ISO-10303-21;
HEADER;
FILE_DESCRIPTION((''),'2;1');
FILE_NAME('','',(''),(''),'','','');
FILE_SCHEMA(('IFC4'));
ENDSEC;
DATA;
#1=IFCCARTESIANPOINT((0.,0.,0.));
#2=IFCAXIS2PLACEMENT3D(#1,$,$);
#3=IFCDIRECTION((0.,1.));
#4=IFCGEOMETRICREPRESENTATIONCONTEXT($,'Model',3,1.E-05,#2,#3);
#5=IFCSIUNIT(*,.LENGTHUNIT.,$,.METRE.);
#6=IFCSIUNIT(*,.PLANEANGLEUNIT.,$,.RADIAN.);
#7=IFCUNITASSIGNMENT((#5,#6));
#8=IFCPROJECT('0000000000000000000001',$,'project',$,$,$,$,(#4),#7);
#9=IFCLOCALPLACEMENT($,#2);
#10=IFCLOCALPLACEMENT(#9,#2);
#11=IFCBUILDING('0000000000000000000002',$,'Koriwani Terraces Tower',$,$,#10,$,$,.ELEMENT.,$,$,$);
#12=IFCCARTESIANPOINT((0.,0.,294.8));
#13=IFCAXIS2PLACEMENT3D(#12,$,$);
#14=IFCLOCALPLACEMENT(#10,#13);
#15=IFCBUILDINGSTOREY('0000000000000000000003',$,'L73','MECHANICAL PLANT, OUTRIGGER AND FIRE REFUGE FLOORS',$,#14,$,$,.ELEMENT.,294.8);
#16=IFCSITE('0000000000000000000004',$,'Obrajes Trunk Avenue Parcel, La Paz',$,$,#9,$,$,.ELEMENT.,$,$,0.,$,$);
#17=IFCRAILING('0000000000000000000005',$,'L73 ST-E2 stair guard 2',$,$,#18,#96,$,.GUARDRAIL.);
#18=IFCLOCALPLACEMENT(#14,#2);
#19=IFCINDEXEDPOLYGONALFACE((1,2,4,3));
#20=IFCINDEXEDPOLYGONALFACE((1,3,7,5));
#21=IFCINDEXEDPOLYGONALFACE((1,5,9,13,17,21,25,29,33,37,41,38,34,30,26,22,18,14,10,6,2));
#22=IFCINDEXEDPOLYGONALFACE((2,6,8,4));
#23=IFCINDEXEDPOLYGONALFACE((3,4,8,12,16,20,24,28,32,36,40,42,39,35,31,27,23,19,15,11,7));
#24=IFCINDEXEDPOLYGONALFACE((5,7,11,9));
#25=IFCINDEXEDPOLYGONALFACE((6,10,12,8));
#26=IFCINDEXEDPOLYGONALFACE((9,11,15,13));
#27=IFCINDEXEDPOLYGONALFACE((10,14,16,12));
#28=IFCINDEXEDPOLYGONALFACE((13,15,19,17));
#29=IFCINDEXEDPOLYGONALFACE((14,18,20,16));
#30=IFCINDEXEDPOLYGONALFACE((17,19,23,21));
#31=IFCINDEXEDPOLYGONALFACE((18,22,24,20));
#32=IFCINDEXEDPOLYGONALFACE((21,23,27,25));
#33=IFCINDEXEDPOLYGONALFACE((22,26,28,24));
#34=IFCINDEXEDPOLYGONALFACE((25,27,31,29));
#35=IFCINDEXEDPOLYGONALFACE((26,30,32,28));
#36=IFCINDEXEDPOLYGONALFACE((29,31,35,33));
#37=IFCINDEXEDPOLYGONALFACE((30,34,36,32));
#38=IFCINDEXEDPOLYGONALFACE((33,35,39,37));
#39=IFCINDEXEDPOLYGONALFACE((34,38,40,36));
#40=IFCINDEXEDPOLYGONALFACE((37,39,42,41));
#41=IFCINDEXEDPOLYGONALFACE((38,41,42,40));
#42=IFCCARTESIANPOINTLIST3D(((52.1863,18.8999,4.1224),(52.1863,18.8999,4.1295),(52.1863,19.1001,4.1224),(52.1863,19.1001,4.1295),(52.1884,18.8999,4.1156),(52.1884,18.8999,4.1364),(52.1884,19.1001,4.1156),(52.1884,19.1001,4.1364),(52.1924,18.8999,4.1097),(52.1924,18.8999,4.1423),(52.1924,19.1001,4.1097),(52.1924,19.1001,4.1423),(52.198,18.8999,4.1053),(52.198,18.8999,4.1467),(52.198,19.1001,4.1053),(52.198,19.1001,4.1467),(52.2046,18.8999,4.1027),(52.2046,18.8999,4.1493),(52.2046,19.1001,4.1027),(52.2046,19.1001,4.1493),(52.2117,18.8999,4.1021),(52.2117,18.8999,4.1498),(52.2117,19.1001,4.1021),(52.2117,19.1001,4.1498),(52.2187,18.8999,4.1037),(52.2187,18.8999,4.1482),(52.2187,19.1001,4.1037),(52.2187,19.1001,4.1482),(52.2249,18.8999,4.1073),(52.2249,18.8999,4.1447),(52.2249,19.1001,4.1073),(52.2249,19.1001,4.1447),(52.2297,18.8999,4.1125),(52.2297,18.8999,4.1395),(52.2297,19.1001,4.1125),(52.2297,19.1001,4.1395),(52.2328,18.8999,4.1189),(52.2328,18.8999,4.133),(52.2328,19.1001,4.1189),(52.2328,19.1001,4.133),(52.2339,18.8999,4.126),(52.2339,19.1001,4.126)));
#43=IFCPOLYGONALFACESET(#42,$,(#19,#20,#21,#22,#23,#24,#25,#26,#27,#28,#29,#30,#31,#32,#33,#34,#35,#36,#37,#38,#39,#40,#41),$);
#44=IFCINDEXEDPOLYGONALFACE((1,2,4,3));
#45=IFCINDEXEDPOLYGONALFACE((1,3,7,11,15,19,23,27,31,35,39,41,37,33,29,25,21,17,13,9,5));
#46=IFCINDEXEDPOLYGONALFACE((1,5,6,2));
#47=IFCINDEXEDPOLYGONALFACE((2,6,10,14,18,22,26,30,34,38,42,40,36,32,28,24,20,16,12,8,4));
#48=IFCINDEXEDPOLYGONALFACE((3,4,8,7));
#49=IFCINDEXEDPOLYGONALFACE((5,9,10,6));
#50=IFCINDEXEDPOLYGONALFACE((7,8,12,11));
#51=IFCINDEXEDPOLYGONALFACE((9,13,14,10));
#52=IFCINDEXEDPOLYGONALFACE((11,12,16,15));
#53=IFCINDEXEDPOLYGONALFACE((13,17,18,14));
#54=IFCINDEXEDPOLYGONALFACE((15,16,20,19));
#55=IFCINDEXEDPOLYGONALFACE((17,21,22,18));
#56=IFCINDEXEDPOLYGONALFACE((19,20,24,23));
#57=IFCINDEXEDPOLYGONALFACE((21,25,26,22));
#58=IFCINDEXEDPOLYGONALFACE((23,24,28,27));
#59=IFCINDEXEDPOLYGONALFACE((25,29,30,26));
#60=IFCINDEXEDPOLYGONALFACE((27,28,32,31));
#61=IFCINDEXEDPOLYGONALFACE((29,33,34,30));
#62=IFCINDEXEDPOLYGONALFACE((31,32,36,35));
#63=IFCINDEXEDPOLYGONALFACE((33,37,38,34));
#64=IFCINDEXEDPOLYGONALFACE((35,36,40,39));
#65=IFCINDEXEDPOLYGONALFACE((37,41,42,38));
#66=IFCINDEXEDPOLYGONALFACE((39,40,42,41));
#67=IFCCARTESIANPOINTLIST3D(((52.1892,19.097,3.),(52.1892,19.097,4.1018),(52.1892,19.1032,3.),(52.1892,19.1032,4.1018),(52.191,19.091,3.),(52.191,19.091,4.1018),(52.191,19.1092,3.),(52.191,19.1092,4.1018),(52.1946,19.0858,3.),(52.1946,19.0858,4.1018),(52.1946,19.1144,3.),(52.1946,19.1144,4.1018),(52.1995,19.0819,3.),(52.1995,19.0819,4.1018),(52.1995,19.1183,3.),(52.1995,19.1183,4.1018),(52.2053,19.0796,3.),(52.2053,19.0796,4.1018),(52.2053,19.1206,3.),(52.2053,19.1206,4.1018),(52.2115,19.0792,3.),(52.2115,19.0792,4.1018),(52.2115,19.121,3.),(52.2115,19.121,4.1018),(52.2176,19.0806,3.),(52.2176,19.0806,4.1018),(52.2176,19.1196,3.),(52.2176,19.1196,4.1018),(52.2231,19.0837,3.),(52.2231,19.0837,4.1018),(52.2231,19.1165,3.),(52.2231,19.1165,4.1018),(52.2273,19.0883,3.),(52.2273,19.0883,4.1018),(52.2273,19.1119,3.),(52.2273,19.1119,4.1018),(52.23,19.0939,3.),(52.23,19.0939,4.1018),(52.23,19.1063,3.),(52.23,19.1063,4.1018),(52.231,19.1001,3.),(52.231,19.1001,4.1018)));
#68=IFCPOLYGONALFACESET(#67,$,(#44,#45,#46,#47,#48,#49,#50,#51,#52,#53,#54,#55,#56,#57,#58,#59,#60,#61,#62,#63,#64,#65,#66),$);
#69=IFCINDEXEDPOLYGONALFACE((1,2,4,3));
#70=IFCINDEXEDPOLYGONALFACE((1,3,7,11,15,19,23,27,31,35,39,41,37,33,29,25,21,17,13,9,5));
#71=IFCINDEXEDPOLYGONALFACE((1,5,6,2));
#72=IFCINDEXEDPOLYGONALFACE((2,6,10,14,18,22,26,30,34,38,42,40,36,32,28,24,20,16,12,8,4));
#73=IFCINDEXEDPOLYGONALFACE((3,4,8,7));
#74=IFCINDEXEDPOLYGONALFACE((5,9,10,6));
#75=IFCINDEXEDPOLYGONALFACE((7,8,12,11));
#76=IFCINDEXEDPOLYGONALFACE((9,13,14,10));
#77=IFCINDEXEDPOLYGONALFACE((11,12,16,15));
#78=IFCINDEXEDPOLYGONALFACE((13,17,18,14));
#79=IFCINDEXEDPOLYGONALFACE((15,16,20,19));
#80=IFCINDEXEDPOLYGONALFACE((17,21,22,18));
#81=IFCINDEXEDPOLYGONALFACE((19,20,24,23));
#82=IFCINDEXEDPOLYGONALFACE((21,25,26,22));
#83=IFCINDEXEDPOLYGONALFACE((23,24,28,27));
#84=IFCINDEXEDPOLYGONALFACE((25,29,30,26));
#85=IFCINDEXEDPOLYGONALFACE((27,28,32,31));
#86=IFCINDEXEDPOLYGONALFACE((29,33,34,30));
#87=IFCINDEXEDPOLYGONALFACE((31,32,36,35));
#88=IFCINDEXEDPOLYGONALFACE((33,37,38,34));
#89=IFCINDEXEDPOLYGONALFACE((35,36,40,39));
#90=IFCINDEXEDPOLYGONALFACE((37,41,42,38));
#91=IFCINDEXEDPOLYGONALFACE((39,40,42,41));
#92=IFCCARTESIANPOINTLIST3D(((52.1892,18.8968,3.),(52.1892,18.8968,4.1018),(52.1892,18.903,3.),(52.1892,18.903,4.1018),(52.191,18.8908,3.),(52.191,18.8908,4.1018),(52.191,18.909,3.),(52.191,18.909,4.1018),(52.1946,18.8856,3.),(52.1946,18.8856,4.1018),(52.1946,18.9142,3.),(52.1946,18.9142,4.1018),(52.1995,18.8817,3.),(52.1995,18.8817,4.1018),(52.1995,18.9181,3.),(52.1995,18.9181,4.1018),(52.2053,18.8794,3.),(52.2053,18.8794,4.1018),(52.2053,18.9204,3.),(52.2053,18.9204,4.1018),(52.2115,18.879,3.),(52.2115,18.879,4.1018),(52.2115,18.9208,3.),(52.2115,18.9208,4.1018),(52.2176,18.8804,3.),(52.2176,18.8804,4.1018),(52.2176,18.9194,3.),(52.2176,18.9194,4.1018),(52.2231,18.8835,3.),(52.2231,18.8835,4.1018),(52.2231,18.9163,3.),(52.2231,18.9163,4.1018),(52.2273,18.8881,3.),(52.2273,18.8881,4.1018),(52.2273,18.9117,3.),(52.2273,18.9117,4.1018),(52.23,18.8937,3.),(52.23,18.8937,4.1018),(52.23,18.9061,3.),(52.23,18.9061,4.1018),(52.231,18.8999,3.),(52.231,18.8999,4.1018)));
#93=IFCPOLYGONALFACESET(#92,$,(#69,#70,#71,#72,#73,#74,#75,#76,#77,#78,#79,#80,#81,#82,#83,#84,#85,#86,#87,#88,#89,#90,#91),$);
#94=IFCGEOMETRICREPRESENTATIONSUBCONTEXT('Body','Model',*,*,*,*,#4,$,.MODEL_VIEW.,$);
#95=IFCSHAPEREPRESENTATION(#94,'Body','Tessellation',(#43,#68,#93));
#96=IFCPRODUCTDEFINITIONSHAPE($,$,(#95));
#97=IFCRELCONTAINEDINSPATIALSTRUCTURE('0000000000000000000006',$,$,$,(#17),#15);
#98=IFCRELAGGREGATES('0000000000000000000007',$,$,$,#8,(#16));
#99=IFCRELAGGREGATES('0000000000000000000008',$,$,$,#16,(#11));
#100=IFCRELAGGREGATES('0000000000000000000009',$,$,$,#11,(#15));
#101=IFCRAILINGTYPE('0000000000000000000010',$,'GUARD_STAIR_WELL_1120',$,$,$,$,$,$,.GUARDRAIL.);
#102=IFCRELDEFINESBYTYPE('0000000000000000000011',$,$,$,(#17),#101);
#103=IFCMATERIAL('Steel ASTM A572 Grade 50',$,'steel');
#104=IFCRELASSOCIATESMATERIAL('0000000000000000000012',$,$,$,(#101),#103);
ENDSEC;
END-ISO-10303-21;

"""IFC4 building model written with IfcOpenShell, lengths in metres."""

from ifc_helpers import new_model, si_unit, direction, frame, origin, origin_2d, place, context, subcontext, project, spatial, circle, extrude, material, type_object, element, save


model = new_model("IFC4")

# Units and contexts
model_context = context("Model", 3, precision=1e-05, world=origin(), true_north=direction((0.0, 1.0)))
body_context = subcontext(model_context, "Body", "Model", "MODEL_VIEW")
ifc_project = project(units=[si_unit("LENGTHUNIT", "METRE"), si_unit("PLANEANGLEUNIT", "RADIAN")], contexts=[model_context])

# Site, building, storey
site_placement = place(None, origin())
site = spatial("IfcSite", under=ifc_project, at=site_placement, Name="Obrajes Trunk Avenue Parcel, La Paz", CompositionType="ELEMENT", RefElevation=0.0)
building_placement = place(site_placement, origin())
building = spatial("IfcBuilding", under=site, at=building_placement, Name="Koriwani Terraces Tower", CompositionType="ELEMENT")
storey_placement = place(building_placement, frame((0.0, 0.0, 294.8)))
storey = spatial("IfcBuildingStorey", under=building, at=storey_placement, Name="L73", Description="MECHANICAL PLANT, OUTRIGGER AND FIRE REFUGE FLOORS", CompositionType="ELEMENT", Elevation=294.8)

# Shared definitions
ifc_material_1 = material(Name="Steel ASTM A572 Grade 50", Category="steel")

# Railing
railing_type_1 = type_object("IfcRailingType", Name="GUARD_STAIR_WELL_1120", PredefinedType="GUARDRAIL", material=ifc_material_1)
railing_1_placement = place(storey_placement, frame((52.21, 19.1001, 3.0)))
element("IfcRailing", 1, at=railing_1_placement, inside=storey, type_object=railing_type_1, Name="L73 ST-E2 stair guard 2", PredefinedType="GUARDRAIL", context=body_context, shape_type="SweptSolid", body=[
    extrude(circle(Radius=0.0239, at=origin_2d()), frame((0.0, 0.0, 1.126), z_axis=(0.0, -1.0, 0.0), x_axis=(1.0, 0.0, 0.0)), (0.0, 0.0, 1.0), 0.2002),
    extrude(circle(Radius=0.021, at=origin_2d()), origin(), (0.0, 0.0, 1.0), 1.1018),
    extrude(circle(Radius=0.021, at=origin_2d()), frame((0.0, -0.2002, 0.0)), (0.0, 0.0, 1.0), 1.1018),
])

save(model, "model.ifc")
